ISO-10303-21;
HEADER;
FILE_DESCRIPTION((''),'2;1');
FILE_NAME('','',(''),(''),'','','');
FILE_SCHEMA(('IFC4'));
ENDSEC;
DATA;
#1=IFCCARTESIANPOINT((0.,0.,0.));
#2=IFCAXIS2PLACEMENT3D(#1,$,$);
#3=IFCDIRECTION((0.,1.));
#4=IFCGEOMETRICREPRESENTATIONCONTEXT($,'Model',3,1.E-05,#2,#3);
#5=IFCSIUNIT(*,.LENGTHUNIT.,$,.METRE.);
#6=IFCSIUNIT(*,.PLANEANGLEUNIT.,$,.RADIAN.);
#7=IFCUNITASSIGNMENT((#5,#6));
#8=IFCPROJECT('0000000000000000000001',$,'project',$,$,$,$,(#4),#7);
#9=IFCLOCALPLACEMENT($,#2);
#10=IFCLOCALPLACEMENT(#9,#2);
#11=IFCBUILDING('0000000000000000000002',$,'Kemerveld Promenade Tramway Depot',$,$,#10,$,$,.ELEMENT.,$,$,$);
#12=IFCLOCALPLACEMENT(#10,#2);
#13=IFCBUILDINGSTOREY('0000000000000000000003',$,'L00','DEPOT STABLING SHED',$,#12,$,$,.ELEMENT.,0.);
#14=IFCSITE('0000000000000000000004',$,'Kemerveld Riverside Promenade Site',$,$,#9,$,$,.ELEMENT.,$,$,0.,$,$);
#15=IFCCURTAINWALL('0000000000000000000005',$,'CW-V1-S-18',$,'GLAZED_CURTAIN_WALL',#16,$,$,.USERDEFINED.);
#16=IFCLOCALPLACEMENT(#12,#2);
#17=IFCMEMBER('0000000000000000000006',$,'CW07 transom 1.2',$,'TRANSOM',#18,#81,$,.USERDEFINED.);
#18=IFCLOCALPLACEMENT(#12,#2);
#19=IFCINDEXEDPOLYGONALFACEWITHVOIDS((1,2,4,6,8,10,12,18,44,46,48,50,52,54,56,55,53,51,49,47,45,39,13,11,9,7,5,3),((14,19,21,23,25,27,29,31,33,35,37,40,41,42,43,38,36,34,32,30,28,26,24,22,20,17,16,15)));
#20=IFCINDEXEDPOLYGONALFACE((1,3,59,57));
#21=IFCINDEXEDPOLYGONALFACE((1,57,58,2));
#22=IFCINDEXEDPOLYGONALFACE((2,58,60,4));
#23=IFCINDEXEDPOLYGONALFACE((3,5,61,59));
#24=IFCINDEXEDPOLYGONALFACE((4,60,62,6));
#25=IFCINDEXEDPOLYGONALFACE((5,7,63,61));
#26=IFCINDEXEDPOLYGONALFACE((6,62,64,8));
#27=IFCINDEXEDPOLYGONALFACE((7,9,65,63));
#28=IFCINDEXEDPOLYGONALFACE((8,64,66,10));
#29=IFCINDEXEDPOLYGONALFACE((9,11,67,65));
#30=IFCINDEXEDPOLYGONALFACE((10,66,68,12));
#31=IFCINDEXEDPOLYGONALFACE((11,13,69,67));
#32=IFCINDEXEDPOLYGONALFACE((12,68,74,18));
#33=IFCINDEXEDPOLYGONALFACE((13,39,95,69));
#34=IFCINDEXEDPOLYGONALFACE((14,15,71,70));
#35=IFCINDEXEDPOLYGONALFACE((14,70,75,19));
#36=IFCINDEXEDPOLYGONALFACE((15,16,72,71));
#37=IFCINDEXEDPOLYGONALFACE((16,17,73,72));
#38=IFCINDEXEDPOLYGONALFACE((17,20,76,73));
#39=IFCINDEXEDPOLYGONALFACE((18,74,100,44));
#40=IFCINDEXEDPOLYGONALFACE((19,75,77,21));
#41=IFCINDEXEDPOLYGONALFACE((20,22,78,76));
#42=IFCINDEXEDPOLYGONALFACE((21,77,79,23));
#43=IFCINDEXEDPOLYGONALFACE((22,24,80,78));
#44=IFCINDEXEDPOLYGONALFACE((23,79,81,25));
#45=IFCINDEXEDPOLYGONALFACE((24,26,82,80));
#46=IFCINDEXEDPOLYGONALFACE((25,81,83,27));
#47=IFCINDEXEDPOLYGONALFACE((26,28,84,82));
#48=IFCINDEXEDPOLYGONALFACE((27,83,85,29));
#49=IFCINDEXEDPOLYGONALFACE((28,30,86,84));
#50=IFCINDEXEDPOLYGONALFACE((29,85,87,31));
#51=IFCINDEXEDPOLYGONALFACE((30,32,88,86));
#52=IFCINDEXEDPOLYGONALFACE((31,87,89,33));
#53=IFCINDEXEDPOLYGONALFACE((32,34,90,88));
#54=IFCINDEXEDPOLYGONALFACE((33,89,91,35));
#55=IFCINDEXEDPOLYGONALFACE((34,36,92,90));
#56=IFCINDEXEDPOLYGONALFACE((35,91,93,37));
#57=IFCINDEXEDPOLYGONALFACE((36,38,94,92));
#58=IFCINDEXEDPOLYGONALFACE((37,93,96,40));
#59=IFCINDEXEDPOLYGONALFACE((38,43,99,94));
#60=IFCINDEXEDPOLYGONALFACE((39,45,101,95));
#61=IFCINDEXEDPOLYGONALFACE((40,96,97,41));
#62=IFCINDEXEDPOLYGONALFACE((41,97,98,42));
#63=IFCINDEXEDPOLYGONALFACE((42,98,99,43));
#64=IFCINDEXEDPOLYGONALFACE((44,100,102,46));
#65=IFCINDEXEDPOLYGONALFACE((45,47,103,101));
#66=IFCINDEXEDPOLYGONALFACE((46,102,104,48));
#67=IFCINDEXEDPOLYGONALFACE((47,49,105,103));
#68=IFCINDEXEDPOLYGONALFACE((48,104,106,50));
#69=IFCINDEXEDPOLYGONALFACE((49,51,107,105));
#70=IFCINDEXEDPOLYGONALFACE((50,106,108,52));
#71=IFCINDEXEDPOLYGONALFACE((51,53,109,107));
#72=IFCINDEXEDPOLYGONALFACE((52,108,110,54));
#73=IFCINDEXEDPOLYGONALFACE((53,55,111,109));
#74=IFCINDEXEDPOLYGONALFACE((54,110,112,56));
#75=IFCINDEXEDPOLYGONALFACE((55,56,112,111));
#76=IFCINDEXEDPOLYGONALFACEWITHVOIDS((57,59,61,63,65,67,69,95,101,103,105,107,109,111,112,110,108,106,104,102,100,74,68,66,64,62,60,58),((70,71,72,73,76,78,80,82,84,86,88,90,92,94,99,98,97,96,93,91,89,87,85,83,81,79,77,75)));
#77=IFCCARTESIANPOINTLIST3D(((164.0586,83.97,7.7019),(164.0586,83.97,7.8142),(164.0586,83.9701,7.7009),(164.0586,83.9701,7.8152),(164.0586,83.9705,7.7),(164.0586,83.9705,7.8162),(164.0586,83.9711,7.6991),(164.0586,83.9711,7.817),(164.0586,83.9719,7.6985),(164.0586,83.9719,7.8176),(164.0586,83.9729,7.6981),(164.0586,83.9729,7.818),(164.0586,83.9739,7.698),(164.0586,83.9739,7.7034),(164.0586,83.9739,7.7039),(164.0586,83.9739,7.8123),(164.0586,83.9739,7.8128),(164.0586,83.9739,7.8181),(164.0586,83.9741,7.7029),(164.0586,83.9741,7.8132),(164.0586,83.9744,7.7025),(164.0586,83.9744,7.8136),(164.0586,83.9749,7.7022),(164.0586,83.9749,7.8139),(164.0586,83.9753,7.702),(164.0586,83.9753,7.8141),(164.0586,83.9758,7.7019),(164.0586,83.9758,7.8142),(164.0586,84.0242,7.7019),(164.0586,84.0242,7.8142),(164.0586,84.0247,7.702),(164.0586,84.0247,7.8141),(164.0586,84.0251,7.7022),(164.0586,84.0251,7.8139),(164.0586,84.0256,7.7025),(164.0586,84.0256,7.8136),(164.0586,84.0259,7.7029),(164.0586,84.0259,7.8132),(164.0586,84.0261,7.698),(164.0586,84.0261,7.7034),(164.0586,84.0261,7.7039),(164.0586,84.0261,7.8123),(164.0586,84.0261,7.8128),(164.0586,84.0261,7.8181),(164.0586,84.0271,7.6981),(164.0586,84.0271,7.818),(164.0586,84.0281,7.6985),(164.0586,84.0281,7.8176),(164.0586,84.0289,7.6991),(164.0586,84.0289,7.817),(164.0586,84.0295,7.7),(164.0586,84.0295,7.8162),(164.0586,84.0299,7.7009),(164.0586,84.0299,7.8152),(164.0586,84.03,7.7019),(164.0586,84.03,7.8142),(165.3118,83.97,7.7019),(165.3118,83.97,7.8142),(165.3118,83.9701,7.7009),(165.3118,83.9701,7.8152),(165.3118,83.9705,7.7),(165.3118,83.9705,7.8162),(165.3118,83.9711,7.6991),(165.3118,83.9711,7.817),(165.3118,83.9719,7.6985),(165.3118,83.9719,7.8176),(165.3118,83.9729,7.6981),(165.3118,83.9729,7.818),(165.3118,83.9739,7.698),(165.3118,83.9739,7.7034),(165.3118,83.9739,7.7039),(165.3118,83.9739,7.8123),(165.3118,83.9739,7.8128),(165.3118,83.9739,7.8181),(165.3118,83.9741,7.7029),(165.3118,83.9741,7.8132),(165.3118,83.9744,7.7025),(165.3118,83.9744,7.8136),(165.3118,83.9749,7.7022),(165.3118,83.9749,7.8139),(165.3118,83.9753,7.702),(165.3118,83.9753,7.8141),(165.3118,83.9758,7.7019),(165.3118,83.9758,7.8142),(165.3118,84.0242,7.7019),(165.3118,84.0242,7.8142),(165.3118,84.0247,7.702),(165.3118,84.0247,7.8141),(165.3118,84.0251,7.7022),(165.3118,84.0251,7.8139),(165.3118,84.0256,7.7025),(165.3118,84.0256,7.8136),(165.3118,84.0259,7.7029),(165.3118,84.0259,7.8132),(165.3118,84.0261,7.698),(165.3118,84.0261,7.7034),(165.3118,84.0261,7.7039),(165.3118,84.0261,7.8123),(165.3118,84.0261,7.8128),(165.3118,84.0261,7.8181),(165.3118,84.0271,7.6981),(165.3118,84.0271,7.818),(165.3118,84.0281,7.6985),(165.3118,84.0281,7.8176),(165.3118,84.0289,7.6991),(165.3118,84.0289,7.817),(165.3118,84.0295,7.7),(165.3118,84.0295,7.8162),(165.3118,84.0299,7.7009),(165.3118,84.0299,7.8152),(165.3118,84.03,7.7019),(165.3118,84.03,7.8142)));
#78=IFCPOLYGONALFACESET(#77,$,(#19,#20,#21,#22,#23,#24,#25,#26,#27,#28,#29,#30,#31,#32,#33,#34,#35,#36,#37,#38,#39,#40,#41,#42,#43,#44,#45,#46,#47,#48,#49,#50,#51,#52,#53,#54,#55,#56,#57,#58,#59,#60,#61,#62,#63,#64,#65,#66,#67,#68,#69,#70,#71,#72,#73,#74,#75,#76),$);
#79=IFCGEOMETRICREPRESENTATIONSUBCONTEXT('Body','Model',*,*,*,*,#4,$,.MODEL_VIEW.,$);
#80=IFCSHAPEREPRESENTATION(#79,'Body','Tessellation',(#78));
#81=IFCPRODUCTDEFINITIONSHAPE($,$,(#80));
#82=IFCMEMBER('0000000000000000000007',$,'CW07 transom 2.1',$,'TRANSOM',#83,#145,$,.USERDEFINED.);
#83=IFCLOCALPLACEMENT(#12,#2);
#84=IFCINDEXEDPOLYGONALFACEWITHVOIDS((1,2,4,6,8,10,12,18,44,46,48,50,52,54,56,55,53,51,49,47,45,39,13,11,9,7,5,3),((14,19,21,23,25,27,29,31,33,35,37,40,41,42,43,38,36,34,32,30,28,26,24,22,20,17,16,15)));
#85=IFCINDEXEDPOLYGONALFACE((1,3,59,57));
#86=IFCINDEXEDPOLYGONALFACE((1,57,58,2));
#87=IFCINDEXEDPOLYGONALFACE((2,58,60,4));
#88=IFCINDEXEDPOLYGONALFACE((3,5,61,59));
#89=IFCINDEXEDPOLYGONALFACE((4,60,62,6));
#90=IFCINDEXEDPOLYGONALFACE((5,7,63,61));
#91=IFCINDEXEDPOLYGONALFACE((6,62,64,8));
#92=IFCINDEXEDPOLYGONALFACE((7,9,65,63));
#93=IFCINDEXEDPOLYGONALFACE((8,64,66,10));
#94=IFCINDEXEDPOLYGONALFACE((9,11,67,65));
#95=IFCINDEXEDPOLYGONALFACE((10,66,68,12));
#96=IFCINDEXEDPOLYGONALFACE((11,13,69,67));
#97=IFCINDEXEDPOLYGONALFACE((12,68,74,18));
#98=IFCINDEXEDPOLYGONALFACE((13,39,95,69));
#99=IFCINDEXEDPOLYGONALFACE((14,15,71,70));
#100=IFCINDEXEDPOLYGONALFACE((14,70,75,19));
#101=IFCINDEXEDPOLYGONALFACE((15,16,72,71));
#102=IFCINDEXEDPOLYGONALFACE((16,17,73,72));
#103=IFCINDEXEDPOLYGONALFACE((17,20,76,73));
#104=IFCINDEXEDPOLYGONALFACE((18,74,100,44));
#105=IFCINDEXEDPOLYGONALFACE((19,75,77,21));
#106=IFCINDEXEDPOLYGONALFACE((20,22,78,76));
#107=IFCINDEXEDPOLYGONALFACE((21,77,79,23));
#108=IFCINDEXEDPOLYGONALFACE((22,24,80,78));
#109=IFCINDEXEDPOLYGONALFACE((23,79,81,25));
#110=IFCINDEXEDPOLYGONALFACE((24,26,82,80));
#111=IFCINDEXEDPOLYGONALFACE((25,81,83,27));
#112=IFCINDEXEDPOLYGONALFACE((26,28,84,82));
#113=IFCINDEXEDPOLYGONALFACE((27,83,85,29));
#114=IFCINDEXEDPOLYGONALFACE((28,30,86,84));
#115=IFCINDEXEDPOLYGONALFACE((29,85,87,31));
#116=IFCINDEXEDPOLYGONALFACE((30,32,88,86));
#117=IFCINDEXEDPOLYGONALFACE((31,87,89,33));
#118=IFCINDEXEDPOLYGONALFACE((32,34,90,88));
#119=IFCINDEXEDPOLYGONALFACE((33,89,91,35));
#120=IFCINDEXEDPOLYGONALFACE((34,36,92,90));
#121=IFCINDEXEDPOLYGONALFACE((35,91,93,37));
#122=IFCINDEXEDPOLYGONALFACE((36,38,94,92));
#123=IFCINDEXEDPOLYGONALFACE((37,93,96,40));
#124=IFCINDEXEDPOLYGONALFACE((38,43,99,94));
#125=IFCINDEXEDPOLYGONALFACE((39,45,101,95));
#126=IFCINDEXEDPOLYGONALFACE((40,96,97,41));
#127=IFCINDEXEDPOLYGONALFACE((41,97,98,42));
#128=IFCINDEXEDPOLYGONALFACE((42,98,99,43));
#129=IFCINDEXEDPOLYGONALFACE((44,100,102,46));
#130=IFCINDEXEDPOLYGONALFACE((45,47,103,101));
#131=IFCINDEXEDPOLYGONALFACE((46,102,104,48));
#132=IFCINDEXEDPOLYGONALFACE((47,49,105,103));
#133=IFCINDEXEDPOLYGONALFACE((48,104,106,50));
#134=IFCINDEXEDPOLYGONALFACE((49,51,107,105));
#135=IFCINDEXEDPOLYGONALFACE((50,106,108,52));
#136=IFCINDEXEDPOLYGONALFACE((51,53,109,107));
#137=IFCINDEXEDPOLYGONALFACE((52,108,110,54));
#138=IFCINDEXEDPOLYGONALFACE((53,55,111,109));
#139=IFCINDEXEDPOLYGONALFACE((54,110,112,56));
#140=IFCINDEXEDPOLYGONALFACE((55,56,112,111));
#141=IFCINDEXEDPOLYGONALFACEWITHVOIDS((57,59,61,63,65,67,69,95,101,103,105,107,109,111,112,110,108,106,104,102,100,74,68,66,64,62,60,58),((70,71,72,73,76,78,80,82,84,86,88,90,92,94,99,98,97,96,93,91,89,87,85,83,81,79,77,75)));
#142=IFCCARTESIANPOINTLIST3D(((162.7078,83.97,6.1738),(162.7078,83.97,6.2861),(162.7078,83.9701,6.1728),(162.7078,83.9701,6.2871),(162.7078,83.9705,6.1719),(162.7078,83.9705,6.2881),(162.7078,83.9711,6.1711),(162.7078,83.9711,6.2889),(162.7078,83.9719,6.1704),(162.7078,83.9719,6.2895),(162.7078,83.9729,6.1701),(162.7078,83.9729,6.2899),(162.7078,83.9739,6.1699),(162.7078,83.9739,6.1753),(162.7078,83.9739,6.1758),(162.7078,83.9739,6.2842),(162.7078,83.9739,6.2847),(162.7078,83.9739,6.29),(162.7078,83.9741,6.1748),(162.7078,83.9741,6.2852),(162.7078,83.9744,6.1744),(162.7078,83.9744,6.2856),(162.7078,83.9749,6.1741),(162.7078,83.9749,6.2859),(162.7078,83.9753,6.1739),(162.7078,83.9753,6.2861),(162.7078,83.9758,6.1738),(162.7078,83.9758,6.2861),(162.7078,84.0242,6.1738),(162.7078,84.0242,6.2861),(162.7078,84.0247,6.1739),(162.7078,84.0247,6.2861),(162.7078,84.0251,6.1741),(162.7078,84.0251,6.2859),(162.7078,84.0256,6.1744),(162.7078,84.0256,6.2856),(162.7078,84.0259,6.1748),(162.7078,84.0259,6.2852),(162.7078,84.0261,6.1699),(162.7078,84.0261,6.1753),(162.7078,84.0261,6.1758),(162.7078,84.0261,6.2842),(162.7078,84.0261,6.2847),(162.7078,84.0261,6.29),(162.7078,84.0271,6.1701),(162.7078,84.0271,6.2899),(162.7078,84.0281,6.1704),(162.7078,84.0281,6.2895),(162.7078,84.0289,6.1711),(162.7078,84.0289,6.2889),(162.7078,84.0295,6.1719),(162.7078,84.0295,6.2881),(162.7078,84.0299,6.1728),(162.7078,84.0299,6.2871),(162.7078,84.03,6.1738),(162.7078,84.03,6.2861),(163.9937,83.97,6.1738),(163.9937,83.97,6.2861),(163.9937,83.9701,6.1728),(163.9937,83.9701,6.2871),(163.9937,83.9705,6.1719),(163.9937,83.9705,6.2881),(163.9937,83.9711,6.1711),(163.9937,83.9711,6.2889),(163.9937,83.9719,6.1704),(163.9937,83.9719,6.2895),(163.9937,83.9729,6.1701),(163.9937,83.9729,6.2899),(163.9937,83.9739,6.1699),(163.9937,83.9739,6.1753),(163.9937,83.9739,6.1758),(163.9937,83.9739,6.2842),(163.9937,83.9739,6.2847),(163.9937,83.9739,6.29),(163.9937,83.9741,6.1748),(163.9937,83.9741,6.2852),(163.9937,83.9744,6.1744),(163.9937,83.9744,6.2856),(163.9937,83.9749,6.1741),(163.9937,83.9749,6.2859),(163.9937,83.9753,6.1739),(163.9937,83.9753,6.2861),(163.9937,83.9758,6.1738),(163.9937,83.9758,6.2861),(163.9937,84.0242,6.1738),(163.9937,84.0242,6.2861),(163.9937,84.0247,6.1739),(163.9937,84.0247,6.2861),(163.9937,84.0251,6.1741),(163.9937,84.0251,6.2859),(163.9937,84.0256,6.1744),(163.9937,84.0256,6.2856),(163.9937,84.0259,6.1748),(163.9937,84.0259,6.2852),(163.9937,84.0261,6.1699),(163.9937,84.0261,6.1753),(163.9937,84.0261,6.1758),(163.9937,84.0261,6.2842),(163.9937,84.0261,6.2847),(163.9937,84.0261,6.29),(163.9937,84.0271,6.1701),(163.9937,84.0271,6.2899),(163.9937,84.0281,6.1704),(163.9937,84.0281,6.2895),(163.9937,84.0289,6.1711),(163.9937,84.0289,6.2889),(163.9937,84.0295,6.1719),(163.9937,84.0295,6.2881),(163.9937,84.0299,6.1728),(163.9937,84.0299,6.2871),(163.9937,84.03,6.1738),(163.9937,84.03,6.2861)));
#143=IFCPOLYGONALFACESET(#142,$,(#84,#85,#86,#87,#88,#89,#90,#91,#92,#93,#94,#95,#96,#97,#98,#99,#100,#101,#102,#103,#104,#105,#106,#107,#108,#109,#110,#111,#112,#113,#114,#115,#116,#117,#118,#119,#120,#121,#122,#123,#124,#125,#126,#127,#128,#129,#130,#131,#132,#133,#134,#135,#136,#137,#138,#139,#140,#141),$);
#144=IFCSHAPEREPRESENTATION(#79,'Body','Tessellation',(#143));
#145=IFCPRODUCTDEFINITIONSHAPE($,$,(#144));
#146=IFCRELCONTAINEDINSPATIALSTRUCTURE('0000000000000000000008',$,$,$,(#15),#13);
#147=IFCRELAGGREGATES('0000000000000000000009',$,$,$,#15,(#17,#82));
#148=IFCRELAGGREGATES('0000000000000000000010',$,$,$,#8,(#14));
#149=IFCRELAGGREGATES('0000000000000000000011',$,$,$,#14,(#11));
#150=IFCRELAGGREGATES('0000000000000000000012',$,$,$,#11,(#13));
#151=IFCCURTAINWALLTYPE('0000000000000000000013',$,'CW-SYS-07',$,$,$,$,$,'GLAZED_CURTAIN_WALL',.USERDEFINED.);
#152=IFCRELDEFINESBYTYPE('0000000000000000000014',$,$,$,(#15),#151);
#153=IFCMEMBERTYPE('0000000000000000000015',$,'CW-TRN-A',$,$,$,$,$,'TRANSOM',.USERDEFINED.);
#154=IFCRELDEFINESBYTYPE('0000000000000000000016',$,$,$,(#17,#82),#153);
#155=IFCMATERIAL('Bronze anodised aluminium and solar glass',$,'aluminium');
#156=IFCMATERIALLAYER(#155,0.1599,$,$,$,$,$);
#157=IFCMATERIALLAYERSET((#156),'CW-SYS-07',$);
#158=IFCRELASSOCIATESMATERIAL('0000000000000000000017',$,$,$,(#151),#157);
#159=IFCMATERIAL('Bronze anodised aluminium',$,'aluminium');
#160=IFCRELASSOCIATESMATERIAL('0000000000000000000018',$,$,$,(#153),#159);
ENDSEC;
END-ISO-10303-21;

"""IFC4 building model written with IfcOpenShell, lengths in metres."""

from ifc_helpers import new_model, si_unit, direction, frame, origin, origin_2d, place, context, subcontext, project, spatial, hollow_rectangle, extrude, material, layer, layer_set, material_profile, profile_set, type_object, element, aggregate, save


model = new_model("IFC4")

# Units and contexts
model_context = context("Model", 3, precision=1e-05, world=origin(), true_north=direction((0.0, 1.0)))
body_context = subcontext(model_context, "Body", "Model", "MODEL_VIEW")
ifc_project = project(units=[si_unit("LENGTHUNIT", "METRE"), si_unit("PLANEANGLEUNIT", "RADIAN")], contexts=[model_context])

# Site, building, storey
site_placement = place(None, origin())
site = spatial("IfcSite", under=ifc_project, at=site_placement, Name="Kemerveld Riverside Promenade Site", CompositionType="ELEMENT", RefElevation=0.0)
building_placement = place(site_placement, origin())
building = spatial("IfcBuilding", under=site, at=building_placement, Name="Kemerveld Promenade Tramway Depot", CompositionType="ELEMENT")
storey_placement = place(building_placement, origin())
storey = spatial("IfcBuildingStorey", under=building, at=storey_placement, Name="L00", Description="DEPOT STABLING SHED", CompositionType="ELEMENT", Elevation=0.0)

# Curtain wall
ifc_material_1 = material(Name="Bronze anodised aluminium and solar glass", Category="aluminium")
ifc_layer_1 = layer(ifc_material_1, 0.1599)
ifc_layer_set_1 = layer_set([ifc_layer_1], Name="CW-SYS-07")
curtain_wall_type_1 = type_object("IfcCurtainWallType", Name="CW-SYS-07", ElementType="GLAZED_CURTAIN_WALL", PredefinedType="USERDEFINED", material=ifc_layer_set_1)
curtain_wall_1_placement = place(storey_placement, origin())
curtain_wall_1 = element("IfcCurtainWall", 1, at=curtain_wall_1_placement, inside=storey, type_object=curtain_wall_type_1, Name="CW-V1-S-18", ObjectType="GLAZED_CURTAIN_WALL", PredefinedType="USERDEFINED")
ifc_material_2 = material(Name="Bronze anodised aluminium", Category="aluminium")

# Members
ifc_material_profile_1 = material_profile(ifc_material_2, hollow_rectangle(XDim=0.0601, YDim=0.1201, WallThickness=0.0039, InnerFilletRadius=0.002, OuterFilletRadius=0.0039, at=origin_2d()), Name="CW-TRN-120x60")
ifc_profile_set_1 = profile_set([ifc_material_profile_1], Name="Bronze anodised aluminium")
member_type_1 = type_object("IfcMemberType", Name="CW-TRN-A", ElementType="TRANSOM", PredefinedType="USERDEFINED", material=ifc_profile_set_1)
member_1_placement = place(storey_placement, frame((165.3118, 84.0, 7.7581), z_axis=(-1.0, 0.0, 0.0), x_axis=(0.0, -1.0, 0.0)))
member_1 = element("IfcMember", 2, at=member_1_placement, type_object=member_type_1, Name="CW07 transom 1.2", ObjectType="TRANSOM", PredefinedType="USERDEFINED", context=body_context, shape_type="SweptSolid", body=[
    extrude(hollow_rectangle(XDim=0.0601, YDim=0.1201, WallThickness=0.0039, InnerFilletRadius=0.002, OuterFilletRadius=0.0039, at=origin_2d()), origin(), (0.0, 0.0, 1.0), 1.2532),
])
member_2_placement = place(storey_placement, frame((163.9937, 84.0, 6.23), z_axis=(-1.0, 0.0, 0.0), x_axis=(0.0, -1.0, 0.0)))
member_2 = element("IfcMember", 3, at=member_2_placement, type_object=member_type_1, Name="CW07 transom 2.1", ObjectType="TRANSOM", PredefinedType="USERDEFINED", context=body_context, shape_type="SweptSolid", body=[
    extrude(hollow_rectangle(XDim=0.0601, YDim=0.1201, WallThickness=0.0039, InnerFilletRadius=0.002, OuterFilletRadius=0.0039, at=origin_2d()), origin(), (0.0, 0.0, 1.0), 1.2859),
])

aggregate(curtain_wall_1, [member_1, member_2])

save(model, "model.ifc")
